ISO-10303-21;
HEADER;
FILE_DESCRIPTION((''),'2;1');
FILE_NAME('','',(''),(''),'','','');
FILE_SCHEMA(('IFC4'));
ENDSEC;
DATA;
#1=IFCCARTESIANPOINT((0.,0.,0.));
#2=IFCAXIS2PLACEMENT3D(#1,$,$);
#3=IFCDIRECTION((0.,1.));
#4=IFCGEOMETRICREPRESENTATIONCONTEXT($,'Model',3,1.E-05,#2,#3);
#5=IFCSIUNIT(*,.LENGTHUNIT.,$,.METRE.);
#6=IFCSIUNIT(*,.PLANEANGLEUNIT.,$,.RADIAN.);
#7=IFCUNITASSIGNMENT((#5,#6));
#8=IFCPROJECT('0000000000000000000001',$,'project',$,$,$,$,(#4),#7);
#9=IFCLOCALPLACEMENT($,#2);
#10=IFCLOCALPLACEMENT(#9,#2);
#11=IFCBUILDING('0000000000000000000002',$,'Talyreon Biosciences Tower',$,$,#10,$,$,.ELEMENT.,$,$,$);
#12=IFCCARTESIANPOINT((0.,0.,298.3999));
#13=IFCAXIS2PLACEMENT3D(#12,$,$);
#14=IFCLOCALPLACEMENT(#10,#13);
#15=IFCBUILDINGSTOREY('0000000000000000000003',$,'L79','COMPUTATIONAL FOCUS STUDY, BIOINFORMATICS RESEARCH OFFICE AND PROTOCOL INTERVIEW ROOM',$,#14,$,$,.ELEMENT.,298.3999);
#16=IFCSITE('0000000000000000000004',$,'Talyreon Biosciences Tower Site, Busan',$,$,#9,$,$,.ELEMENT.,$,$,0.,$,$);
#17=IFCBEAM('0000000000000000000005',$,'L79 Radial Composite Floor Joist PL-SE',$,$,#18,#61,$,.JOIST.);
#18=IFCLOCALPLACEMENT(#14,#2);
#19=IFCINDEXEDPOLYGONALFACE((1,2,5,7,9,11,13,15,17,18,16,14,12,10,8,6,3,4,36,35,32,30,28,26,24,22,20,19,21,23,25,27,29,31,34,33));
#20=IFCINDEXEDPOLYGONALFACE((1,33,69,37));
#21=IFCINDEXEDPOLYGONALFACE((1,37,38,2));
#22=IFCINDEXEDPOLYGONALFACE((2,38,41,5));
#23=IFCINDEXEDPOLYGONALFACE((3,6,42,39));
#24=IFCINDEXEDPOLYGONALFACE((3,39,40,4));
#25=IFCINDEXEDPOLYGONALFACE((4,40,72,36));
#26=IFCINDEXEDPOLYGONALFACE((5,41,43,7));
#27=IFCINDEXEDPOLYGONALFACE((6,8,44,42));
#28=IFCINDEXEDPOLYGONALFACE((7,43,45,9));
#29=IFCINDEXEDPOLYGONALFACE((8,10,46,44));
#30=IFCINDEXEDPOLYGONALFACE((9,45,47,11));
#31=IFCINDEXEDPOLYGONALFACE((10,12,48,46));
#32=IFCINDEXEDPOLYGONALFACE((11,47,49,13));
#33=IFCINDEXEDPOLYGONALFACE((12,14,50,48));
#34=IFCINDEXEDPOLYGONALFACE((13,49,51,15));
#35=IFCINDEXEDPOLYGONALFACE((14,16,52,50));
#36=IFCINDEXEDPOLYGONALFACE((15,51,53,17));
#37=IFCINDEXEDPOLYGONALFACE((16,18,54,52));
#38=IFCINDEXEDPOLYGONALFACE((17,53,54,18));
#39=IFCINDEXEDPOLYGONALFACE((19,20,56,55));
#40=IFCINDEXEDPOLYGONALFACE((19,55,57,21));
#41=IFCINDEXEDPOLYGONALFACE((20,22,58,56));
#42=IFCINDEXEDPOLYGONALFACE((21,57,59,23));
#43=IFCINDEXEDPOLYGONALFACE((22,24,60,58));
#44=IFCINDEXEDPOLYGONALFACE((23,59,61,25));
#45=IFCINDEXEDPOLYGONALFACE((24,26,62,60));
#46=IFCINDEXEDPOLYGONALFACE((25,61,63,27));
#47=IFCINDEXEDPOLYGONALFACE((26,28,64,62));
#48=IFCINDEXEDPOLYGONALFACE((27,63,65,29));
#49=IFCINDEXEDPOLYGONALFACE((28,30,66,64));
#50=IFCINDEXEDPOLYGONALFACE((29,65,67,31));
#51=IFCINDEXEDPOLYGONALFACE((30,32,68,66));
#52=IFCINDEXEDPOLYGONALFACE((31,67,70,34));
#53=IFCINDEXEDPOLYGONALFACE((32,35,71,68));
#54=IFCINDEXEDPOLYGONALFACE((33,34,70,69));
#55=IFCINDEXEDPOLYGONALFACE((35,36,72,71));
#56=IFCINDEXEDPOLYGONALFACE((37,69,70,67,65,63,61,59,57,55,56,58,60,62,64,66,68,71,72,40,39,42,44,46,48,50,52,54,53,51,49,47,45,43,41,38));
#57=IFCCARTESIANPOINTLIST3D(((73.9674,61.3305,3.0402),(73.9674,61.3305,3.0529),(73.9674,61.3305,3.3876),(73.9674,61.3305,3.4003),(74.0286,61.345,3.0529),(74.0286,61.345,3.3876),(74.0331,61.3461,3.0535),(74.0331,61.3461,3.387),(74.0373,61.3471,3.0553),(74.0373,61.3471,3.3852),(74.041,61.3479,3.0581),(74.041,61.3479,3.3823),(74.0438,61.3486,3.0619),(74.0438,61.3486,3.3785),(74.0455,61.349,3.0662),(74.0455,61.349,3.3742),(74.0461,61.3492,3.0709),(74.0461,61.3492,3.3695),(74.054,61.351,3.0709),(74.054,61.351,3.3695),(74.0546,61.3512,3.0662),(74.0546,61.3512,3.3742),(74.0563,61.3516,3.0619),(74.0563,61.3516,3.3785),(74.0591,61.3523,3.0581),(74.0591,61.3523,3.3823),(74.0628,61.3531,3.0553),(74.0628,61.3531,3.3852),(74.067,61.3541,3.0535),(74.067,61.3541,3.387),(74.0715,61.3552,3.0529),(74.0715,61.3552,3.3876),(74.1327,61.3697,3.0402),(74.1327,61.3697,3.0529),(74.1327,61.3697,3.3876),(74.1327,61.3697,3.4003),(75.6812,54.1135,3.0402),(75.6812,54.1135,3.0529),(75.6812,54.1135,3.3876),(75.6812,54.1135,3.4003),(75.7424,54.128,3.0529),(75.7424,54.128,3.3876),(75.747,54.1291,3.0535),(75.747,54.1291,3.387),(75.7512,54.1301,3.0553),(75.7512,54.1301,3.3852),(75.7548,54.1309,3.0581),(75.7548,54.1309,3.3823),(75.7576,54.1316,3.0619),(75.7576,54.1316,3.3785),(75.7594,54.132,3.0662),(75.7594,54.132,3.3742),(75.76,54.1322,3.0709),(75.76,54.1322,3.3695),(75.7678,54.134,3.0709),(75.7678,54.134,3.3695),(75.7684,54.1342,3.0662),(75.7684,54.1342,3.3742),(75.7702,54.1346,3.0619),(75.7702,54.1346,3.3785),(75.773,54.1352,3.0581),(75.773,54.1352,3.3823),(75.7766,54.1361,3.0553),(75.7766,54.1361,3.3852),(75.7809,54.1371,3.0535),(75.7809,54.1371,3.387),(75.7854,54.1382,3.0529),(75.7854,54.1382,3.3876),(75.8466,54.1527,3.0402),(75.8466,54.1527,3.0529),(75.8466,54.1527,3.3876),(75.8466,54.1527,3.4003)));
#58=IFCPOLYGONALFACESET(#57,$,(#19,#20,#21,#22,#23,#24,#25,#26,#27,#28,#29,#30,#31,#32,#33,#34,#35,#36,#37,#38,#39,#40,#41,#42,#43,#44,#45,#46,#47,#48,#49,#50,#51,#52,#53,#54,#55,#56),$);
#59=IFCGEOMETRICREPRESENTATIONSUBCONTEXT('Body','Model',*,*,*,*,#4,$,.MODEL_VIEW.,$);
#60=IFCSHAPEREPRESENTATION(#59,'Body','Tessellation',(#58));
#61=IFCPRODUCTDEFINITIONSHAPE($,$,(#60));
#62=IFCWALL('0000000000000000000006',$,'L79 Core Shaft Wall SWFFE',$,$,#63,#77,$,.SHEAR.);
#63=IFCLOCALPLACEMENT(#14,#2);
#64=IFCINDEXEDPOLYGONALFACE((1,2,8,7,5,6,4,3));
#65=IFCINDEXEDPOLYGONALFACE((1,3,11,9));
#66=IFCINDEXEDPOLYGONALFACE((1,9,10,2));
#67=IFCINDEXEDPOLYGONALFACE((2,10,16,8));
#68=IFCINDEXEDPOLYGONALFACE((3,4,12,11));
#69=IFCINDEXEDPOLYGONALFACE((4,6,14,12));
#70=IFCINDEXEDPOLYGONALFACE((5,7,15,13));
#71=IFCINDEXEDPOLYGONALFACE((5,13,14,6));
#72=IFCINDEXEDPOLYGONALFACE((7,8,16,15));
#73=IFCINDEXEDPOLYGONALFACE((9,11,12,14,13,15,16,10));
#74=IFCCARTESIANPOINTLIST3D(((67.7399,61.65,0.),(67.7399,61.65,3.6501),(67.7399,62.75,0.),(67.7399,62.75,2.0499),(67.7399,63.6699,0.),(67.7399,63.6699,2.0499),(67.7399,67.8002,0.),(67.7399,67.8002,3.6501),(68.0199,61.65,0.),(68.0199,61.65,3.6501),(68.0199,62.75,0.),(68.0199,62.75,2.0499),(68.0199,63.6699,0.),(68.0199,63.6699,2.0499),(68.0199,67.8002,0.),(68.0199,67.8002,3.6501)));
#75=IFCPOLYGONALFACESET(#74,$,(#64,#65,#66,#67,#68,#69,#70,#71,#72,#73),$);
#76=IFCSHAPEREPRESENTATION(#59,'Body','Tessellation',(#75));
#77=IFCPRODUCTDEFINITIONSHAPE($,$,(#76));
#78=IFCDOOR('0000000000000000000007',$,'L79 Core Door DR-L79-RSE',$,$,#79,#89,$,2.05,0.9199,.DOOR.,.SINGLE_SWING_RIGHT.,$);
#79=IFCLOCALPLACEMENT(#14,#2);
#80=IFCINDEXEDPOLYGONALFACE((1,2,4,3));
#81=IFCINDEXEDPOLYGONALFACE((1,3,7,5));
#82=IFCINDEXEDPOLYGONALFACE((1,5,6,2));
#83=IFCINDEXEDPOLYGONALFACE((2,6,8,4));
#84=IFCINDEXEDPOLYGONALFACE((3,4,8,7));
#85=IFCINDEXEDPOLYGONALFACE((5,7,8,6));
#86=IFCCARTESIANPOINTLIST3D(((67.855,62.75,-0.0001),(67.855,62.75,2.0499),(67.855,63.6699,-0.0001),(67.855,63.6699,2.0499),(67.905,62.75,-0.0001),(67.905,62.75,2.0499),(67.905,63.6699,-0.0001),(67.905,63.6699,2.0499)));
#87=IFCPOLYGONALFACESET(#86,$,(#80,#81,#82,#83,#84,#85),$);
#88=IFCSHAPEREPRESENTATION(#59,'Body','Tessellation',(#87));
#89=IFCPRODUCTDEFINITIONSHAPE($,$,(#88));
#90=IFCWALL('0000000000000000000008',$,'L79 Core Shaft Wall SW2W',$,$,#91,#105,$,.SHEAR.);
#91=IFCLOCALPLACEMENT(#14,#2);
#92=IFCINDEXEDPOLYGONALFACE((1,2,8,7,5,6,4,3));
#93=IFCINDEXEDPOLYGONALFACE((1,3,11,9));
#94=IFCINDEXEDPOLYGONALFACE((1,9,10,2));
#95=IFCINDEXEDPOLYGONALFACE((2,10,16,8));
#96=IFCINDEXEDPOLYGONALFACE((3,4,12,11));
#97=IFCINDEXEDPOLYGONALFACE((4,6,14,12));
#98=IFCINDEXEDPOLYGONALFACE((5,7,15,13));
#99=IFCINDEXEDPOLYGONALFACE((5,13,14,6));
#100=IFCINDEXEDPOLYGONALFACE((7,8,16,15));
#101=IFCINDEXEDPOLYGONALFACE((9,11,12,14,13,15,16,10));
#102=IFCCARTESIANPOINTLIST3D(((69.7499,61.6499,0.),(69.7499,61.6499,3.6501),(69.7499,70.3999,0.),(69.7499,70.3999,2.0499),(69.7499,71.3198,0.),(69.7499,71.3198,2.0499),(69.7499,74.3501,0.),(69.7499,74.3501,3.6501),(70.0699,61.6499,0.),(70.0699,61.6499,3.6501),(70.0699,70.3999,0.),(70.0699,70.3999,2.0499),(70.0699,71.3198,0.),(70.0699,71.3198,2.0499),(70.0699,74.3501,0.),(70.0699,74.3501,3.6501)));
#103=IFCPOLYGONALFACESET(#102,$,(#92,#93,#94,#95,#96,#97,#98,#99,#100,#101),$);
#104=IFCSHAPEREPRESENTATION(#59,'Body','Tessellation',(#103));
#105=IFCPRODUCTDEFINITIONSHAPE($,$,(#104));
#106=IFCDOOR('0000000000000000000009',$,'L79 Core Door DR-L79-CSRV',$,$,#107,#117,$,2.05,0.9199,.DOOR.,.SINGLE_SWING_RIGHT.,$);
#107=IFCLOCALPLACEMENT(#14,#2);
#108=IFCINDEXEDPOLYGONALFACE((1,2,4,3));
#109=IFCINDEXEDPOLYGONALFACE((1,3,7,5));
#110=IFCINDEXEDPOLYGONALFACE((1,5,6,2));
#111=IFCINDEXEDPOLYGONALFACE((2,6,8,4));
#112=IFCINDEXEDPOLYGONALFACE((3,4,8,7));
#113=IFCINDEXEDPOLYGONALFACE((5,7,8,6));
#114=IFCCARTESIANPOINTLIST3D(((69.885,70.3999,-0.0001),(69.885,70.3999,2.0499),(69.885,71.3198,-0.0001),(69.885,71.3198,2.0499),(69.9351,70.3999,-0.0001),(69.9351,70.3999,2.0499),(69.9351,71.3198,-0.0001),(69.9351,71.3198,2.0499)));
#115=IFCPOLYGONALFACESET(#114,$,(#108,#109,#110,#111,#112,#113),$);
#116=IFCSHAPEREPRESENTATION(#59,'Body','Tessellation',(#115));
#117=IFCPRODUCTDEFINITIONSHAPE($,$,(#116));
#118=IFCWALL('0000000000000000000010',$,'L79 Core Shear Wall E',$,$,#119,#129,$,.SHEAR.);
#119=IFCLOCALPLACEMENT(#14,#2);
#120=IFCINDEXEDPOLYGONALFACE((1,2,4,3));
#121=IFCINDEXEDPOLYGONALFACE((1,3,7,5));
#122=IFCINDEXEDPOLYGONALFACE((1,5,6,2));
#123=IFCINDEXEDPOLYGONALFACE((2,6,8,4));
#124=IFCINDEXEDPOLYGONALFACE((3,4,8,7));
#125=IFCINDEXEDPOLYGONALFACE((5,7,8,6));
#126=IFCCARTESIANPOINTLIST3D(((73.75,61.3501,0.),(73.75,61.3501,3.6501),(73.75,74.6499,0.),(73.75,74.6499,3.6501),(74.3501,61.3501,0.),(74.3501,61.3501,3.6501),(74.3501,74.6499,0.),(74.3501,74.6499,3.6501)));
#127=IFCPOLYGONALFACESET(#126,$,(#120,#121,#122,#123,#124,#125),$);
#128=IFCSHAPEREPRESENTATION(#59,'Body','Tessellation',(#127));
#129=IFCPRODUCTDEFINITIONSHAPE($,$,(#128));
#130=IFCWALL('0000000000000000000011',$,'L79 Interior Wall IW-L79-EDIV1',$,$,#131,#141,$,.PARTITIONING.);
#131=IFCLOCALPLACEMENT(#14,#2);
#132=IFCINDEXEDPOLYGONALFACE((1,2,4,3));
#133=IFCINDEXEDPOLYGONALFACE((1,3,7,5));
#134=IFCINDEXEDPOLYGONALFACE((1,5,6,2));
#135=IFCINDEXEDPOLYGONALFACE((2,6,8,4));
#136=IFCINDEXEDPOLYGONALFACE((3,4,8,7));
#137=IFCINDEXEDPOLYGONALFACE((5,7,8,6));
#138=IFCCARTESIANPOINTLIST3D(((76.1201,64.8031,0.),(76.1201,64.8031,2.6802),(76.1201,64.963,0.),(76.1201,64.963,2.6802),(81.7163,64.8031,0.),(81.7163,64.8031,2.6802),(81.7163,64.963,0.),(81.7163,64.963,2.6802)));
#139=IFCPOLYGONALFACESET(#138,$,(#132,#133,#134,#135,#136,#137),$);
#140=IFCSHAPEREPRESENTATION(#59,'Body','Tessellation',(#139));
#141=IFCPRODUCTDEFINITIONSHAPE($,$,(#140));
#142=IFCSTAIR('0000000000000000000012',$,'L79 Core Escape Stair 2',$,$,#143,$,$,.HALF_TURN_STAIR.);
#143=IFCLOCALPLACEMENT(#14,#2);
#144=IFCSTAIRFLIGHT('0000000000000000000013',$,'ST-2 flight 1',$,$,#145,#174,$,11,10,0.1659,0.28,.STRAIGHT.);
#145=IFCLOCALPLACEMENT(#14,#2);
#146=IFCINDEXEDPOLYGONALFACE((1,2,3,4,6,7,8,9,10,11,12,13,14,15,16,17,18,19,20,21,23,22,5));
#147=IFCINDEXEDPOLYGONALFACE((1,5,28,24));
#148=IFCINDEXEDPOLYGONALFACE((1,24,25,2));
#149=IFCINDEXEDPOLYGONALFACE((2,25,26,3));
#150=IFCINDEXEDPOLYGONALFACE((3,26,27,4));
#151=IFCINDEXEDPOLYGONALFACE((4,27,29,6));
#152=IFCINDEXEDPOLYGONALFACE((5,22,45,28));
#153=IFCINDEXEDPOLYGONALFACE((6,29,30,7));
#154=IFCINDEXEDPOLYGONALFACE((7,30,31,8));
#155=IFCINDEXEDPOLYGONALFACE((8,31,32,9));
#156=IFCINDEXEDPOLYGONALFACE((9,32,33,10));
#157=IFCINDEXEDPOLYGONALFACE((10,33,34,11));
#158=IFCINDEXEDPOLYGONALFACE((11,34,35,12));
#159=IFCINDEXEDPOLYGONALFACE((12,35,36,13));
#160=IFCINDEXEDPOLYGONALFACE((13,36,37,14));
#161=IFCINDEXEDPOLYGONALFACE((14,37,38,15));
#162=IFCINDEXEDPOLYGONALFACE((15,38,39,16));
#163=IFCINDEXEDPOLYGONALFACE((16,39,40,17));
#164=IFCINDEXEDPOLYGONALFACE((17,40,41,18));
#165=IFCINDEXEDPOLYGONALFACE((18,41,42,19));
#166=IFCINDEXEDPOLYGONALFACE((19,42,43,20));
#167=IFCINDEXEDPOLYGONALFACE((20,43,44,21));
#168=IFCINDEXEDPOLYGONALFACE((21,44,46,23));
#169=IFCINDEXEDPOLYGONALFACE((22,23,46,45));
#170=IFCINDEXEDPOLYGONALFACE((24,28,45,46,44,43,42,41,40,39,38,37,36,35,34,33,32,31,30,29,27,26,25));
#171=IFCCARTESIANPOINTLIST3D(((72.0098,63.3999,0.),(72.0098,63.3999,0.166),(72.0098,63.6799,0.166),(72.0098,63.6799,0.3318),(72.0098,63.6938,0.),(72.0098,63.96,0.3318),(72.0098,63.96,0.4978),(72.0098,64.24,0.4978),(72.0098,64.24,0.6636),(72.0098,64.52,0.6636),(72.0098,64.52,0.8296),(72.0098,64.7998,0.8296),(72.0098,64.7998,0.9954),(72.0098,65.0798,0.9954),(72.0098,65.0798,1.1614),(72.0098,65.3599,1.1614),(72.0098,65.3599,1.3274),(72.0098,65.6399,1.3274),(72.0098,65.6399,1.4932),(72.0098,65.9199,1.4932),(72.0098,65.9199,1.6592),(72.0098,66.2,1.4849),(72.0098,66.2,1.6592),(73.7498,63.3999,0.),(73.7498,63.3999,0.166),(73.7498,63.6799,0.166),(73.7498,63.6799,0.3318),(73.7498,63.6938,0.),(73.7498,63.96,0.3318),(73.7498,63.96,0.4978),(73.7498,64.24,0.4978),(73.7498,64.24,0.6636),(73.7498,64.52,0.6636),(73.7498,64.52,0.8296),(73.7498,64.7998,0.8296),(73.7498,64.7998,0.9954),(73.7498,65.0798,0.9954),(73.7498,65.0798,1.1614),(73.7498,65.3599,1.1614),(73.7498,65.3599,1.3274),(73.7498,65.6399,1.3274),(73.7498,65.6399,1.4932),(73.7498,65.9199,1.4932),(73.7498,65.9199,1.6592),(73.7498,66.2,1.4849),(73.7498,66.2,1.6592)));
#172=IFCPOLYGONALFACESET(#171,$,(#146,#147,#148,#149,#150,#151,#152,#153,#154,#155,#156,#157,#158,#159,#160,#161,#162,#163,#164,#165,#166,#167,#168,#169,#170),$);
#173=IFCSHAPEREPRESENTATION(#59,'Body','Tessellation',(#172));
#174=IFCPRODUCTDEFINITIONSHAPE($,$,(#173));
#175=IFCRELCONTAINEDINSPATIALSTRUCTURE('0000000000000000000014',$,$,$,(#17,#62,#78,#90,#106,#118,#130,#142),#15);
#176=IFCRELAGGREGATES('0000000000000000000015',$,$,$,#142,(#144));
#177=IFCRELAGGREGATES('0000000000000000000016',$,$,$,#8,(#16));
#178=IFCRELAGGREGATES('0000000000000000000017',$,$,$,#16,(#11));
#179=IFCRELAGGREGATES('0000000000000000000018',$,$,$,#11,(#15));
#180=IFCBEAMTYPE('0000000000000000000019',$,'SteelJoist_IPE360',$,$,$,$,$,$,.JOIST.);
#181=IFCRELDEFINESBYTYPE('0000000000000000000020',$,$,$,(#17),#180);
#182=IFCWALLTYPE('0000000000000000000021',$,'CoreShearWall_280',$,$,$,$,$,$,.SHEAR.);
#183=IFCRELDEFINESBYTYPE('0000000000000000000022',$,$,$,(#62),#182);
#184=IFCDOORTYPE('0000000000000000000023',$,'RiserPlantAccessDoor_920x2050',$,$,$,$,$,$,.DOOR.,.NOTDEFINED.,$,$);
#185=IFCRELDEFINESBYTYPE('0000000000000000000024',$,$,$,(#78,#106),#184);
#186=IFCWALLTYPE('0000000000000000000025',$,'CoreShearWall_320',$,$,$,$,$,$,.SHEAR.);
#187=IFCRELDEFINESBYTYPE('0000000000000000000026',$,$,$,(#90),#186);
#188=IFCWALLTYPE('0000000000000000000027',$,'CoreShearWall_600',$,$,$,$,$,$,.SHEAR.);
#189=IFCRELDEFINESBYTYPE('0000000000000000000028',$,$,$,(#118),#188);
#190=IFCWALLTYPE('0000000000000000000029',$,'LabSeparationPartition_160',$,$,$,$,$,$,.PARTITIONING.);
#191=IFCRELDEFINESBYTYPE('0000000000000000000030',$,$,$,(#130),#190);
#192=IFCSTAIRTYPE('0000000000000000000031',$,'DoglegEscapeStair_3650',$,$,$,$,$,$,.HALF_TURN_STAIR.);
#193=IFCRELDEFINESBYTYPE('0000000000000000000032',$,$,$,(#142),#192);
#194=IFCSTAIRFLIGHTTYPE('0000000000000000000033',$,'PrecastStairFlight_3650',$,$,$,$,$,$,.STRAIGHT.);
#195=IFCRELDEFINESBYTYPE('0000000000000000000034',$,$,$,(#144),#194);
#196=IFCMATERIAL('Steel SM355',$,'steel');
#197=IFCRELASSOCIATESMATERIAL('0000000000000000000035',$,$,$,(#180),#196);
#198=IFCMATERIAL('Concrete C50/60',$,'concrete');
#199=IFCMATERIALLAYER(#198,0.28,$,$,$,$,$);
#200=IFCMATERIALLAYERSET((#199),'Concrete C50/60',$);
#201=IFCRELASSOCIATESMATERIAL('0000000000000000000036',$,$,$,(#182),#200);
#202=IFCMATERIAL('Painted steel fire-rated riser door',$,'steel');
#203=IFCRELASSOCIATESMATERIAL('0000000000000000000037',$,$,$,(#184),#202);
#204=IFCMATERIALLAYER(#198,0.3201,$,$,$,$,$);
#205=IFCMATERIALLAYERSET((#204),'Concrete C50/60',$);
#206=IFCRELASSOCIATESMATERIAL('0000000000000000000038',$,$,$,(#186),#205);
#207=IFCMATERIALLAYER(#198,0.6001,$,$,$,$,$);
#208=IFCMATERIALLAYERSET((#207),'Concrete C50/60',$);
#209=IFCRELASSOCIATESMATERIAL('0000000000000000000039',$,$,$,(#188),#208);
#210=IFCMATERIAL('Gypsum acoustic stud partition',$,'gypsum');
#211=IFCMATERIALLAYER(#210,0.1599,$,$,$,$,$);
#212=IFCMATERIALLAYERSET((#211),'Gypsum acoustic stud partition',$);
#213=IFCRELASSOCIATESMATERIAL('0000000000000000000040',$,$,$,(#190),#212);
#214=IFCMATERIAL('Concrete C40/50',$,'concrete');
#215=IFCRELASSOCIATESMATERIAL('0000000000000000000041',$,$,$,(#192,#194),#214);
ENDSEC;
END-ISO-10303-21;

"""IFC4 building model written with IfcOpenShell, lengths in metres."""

from ifc_helpers import new_model, si_unit, direction, frame, frame_2d, origin, origin_2d, place, context, subcontext, project, spatial, polyline, rectangle, i_section, outline, extrude, material, layer, layer_set, material_profile, profile_set, type_object, element, fill, aggregate, save


model = new_model("IFC4")

# Units and contexts
model_context = context("Model", 3, precision=1e-05, world=origin(), true_north=direction((0.0, 1.0)))
body_context = subcontext(model_context, "Body", "Model", "MODEL_VIEW")
ifc_project = project(units=[si_unit("LENGTHUNIT", "METRE"), si_unit("PLANEANGLEUNIT", "RADIAN")], contexts=[model_context])

# Site, building, storey
site_placement = place(None, origin())
site = spatial("IfcSite", under=ifc_project, at=site_placement, Name="Talyreon Biosciences Tower Site, Busan", CompositionType="ELEMENT", RefElevation=0.0)
building_placement = place(site_placement, origin())
building = spatial("IfcBuilding", under=site, at=building_placement, Name="Talyreon Biosciences Tower", CompositionType="ELEMENT")
storey_placement = place(building_placement, frame((0.0, 0.0, 298.3999)))
storey = spatial("IfcBuildingStorey", under=building, at=storey_placement, Name="L79", Description="COMPUTATIONAL FOCUS STUDY, BIOINFORMATICS RESEARCH OFFICE AND PROTOCOL INTERVIEW ROOM", CompositionType="ELEMENT", Elevation=298.3999)

# Shared definitions
ifc_material_1 = material(Name="Concrete C50/60", Category="concrete")

# Beam
ifc_material_2 = material(Name="Steel SM355", Category="steel")
ifc_material_profile_1 = material_profile(ifc_material_2, i_section(OverallWidth=0.1699, OverallDepth=0.3601, WebThickness=0.0081, FlangeThickness=0.0127, FilletRadius=0.0181, at=origin_2d()), Name="IPE360")
ifc_profile_set_1 = profile_set([ifc_material_profile_1], Name="Steel SM355")
beam_type_1 = type_object("IfcBeamType", Name="SteelJoist_IPE360", PredefinedType="JOIST", material=ifc_profile_set_1)
beam_1_placement = place(storey_placement, frame((74.05, 61.3501, 3.2202), z_axis=(0.231049, -0.972942, 0.0), x_axis=(0.972942, 0.231049, 0.0)))
element("IfcBeam", 1, at=beam_1_placement, inside=storey, type_object=beam_type_1, Name="L79 Radial Composite Floor Joist PL-SE", PredefinedType="JOIST", context=body_context, shape_type="SweptSolid", body=[
    extrude(i_section(OverallWidth=0.1699, OverallDepth=0.3601, WebThickness=0.0081, FlangeThickness=0.0127, FilletRadius=0.0181, at=origin_2d()), origin(), (0.0, 0.0, 1.0), 7.4177),
])

# Walls, openings, doors
ifc_layer_1 = layer(ifc_material_1, 0.28)
ifc_layer_set_1 = layer_set([ifc_layer_1], Name="Concrete C50/60")
wall_type_1 = type_object("IfcWallType", Name="CoreShearWall_280", PredefinedType="SHEAR", material=ifc_layer_set_1)
wall_1_placement = place(storey_placement, frame((67.8799, 61.6499, 0.0), z_axis=(0.0, 0.0, 1.0), x_axis=(0.0, 1.0, 0.0)))
wall_1 = element("IfcWall", 2, at=wall_1_placement, inside=storey, type_object=wall_type_1, Name="L79 Core Shaft Wall SWFFE", PredefinedType="SHEAR", context=body_context, shape_type="SweptSolid", body=[
    extrude(rectangle(XDim=6.1501, YDim=0.28, at=frame_2d((3.0752, 0.0))), origin(), (0.0, 0.0, 1.0), 3.6501),
])
opening_1_placement = place(wall_1_placement, frame((1.1001, 0.0, 0.0)))
opening_1 = element("IfcOpeningElement", 3, at=opening_1_placement, cuts=wall_1, PredefinedType="OPENING", context=body_context, shape_type="SweptSolid", body=[
    extrude(rectangle(XDim=0.9199, YDim=2.05, at=frame_2d((0.46, 1.0249))), frame((0.0, 0.1499, 0.0), z_axis=(0.0, -1.0, 0.0), x_axis=(1.0, 0.0, 0.0)), (0.0, 0.0, 1.0), 0.3),
])
ifc_material_3 = material(Name="Painted steel fire-rated riser door", Category="steel")
door_type = type_object("IfcDoorType", Name="RiserPlantAccessDoor_920x2050", OperationType="NOTDEFINED", PredefinedType="DOOR", material=ifc_material_3)
door_1_placement = place(opening_1_placement, origin())
door_1 = element("IfcDoor", 4, at=door_1_placement, inside=storey, type_object=door_type, Name="L79 Core Door DR-L79-RSE", OperationType="SINGLE_SWING_RIGHT", OverallHeight=2.05, OverallWidth=0.9199, PredefinedType="DOOR", context=body_context, shape_type="SweptSolid", body=[
    extrude(rectangle(XDim=0.9199, YDim=2.05, at=frame_2d((0.46, 1.0249))), frame((0.0, 0.0249, 0.0), z_axis=(0.0, -1.0, 0.0), x_axis=(1.0, 0.0, 0.0)), (0.0, 0.0, 1.0), 0.05),
])
fill(opening_1, door_1)
ifc_layer_2 = layer(ifc_material_1, 0.3201)
ifc_layer_set_2 = layer_set([ifc_layer_2], Name="Concrete C50/60")
wall_type_2 = type_object("IfcWallType", Name="CoreShearWall_320", PredefinedType="SHEAR", material=ifc_layer_set_2)
wall_2_placement = place(storey_placement, frame((69.9099, 61.6499, 0.0), z_axis=(0.0, 0.0, 1.0), x_axis=(0.0, 1.0, 0.0)))
wall_2 = element("IfcWall", 5, at=wall_2_placement, inside=storey, type_object=wall_type_2, Name="L79 Core Shaft Wall SW2W", PredefinedType="SHEAR", context=body_context, shape_type="SweptSolid", body=[
    extrude(rectangle(XDim=12.7002, YDim=0.3201, at=frame_2d((6.3501, 0.0))), origin(), (0.0, 0.0, 1.0), 3.6501),
])
opening_2_placement = place(wall_2_placement, frame((8.75, 0.0, 0.0)))
opening_2 = element("IfcOpeningElement", 6, at=opening_2_placement, cuts=wall_2, PredefinedType="OPENING", context=body_context, shape_type="SweptSolid", body=[
    extrude(rectangle(XDim=0.9199, YDim=2.05, at=frame_2d((0.46, 1.0249))), frame((0.0, 0.1699, 0.0), z_axis=(0.0, -1.0, 0.0), x_axis=(1.0, 0.0, 0.0)), (0.0, 0.0, 1.0), 0.3401),
])
door_2_placement = place(opening_2_placement, origin())
door_2 = element("IfcDoor", 7, at=door_2_placement, inside=storey, type_object=door_type, Name="L79 Core Door DR-L79-CSRV", OperationType="SINGLE_SWING_RIGHT", OverallHeight=2.05, OverallWidth=0.9199, PredefinedType="DOOR", context=body_context, shape_type="SweptSolid", body=[
    extrude(rectangle(XDim=0.9199, YDim=2.05, at=frame_2d((0.46, 1.0249))), frame((0.0, 0.0249, 0.0), z_axis=(0.0, -1.0, 0.0), x_axis=(1.0, 0.0, 0.0)), (0.0, 0.0, 1.0), 0.05),
])
fill(opening_2, door_2)

# Walls
ifc_layer_3 = layer(ifc_material_1, 0.6001)
ifc_layer_set_3 = layer_set([ifc_layer_3], Name="Concrete C50/60")
wall_type_3 = type_object("IfcWallType", Name="CoreShearWall_600", PredefinedType="SHEAR", material=ifc_layer_set_3)
wall_3_placement = place(storey_placement, frame((74.05, 61.3501, 0.0), z_axis=(0.0, 0.0, 1.0), x_axis=(0.0, 1.0, 0.0)))
element("IfcWall", 8, at=wall_3_placement, inside=storey, type_object=wall_type_3, Name="L79 Core Shear Wall E", PredefinedType="SHEAR", context=body_context, shape_type="SweptSolid", body=[
    extrude(rectangle(XDim=13.2998, YDim=0.6001, at=frame_2d((6.6499, 0.0))), origin(), (0.0, 0.0, 1.0), 3.6501),
])
ifc_material_4 = material(Name="Gypsum acoustic stud partition", Category="gypsum")
ifc_layer_4 = layer(ifc_material_4, 0.1599)
ifc_layer_set_4 = layer_set([ifc_layer_4], Name="Gypsum acoustic stud partition")
wall_type_4 = type_object("IfcWallType", Name="LabSeparationPartition_160", PredefinedType="PARTITIONING", material=ifc_layer_set_4)
wall_4_placement = place(storey_placement, frame((76.1201, 64.8831, 0.0), z_axis=(0.0, 0.0, 1.0), x_axis=(1.0, 0.0, 0.0)))
element("IfcWall", 9, at=wall_4_placement, inside=storey, type_object=wall_type_4, Name="L79 Interior Wall IW-L79-EDIV1", PredefinedType="PARTITIONING", context=body_context, shape_type="SweptSolid", body=[
    extrude(rectangle(XDim=5.5962, YDim=0.1599, at=frame_2d((2.7981, 0.0))), origin(), (0.0, 0.0, 1.0), 2.6802),
])

# Stair, stair flight
ifc_material_5 = material(Name="Concrete C40/50", Category="concrete")
stair_type = type_object("IfcStairType", Name="DoglegEscapeStair_3650", PredefinedType="HALF_TURN_STAIR", material=ifc_material_5)
stair_placement = place(storey_placement, origin())
stair = element("IfcStair", 10, at=stair_placement, inside=storey, type_object=stair_type, Name="L79 Core Escape Stair 2", PredefinedType="HALF_TURN_STAIR")
stair_flight_type = type_object("IfcStairFlightType", Name="PrecastStairFlight_3650", PredefinedType="STRAIGHT", material=ifc_material_5)
stair_flight_1_placement = place(storey_placement, frame((72.8799, 63.3999, 0.0), z_axis=(0.0, 0.0, 1.0), x_axis=(0.0, 1.0, 0.0)))
stair_flight_1 = element("IfcStairFlight", 11, at=stair_flight_1_placement, type_object=stair_flight_type, Name="ST-2 flight 1", NumberOfRisers=11, NumberOfTreads=10, PredefinedType="STRAIGHT", RiserHeight=0.1659, TreadLength=0.28, context=body_context, shape_type="SweptSolid", body=[
    extrude(outline(polyline([(0.0, 0.0), (0.0, 0.166), (0.28, 0.166), (0.28, 0.3318), (0.5601, 0.3318), (0.5601, 0.4978), (0.8401, 0.4978), (0.8401, 0.6636), (1.1201, 0.6636), (1.1201, 0.8296), (1.3999, 0.8296), (1.3999, 0.9954), (1.6799, 0.9954), (1.6799, 1.1614), (1.96, 1.1614), (1.96, 1.3274), (2.24, 1.3274), (2.24, 1.4932), (2.52, 1.4932), (2.52, 1.6592), (2.8, 1.6592), (2.8, 1.825), (2.8, 1.4849), (0.2939, 0.0), (0.0, 0.0)])), frame((0.0, 0.8701, 0.0), z_axis=(0.0, -1.0, 0.0), x_axis=(1.0, 0.0, 0.0)), (0.0, 0.0, 1.0), 1.74),
])
aggregate(stair, [stair_flight_1])

save(model, "model.ifc")
